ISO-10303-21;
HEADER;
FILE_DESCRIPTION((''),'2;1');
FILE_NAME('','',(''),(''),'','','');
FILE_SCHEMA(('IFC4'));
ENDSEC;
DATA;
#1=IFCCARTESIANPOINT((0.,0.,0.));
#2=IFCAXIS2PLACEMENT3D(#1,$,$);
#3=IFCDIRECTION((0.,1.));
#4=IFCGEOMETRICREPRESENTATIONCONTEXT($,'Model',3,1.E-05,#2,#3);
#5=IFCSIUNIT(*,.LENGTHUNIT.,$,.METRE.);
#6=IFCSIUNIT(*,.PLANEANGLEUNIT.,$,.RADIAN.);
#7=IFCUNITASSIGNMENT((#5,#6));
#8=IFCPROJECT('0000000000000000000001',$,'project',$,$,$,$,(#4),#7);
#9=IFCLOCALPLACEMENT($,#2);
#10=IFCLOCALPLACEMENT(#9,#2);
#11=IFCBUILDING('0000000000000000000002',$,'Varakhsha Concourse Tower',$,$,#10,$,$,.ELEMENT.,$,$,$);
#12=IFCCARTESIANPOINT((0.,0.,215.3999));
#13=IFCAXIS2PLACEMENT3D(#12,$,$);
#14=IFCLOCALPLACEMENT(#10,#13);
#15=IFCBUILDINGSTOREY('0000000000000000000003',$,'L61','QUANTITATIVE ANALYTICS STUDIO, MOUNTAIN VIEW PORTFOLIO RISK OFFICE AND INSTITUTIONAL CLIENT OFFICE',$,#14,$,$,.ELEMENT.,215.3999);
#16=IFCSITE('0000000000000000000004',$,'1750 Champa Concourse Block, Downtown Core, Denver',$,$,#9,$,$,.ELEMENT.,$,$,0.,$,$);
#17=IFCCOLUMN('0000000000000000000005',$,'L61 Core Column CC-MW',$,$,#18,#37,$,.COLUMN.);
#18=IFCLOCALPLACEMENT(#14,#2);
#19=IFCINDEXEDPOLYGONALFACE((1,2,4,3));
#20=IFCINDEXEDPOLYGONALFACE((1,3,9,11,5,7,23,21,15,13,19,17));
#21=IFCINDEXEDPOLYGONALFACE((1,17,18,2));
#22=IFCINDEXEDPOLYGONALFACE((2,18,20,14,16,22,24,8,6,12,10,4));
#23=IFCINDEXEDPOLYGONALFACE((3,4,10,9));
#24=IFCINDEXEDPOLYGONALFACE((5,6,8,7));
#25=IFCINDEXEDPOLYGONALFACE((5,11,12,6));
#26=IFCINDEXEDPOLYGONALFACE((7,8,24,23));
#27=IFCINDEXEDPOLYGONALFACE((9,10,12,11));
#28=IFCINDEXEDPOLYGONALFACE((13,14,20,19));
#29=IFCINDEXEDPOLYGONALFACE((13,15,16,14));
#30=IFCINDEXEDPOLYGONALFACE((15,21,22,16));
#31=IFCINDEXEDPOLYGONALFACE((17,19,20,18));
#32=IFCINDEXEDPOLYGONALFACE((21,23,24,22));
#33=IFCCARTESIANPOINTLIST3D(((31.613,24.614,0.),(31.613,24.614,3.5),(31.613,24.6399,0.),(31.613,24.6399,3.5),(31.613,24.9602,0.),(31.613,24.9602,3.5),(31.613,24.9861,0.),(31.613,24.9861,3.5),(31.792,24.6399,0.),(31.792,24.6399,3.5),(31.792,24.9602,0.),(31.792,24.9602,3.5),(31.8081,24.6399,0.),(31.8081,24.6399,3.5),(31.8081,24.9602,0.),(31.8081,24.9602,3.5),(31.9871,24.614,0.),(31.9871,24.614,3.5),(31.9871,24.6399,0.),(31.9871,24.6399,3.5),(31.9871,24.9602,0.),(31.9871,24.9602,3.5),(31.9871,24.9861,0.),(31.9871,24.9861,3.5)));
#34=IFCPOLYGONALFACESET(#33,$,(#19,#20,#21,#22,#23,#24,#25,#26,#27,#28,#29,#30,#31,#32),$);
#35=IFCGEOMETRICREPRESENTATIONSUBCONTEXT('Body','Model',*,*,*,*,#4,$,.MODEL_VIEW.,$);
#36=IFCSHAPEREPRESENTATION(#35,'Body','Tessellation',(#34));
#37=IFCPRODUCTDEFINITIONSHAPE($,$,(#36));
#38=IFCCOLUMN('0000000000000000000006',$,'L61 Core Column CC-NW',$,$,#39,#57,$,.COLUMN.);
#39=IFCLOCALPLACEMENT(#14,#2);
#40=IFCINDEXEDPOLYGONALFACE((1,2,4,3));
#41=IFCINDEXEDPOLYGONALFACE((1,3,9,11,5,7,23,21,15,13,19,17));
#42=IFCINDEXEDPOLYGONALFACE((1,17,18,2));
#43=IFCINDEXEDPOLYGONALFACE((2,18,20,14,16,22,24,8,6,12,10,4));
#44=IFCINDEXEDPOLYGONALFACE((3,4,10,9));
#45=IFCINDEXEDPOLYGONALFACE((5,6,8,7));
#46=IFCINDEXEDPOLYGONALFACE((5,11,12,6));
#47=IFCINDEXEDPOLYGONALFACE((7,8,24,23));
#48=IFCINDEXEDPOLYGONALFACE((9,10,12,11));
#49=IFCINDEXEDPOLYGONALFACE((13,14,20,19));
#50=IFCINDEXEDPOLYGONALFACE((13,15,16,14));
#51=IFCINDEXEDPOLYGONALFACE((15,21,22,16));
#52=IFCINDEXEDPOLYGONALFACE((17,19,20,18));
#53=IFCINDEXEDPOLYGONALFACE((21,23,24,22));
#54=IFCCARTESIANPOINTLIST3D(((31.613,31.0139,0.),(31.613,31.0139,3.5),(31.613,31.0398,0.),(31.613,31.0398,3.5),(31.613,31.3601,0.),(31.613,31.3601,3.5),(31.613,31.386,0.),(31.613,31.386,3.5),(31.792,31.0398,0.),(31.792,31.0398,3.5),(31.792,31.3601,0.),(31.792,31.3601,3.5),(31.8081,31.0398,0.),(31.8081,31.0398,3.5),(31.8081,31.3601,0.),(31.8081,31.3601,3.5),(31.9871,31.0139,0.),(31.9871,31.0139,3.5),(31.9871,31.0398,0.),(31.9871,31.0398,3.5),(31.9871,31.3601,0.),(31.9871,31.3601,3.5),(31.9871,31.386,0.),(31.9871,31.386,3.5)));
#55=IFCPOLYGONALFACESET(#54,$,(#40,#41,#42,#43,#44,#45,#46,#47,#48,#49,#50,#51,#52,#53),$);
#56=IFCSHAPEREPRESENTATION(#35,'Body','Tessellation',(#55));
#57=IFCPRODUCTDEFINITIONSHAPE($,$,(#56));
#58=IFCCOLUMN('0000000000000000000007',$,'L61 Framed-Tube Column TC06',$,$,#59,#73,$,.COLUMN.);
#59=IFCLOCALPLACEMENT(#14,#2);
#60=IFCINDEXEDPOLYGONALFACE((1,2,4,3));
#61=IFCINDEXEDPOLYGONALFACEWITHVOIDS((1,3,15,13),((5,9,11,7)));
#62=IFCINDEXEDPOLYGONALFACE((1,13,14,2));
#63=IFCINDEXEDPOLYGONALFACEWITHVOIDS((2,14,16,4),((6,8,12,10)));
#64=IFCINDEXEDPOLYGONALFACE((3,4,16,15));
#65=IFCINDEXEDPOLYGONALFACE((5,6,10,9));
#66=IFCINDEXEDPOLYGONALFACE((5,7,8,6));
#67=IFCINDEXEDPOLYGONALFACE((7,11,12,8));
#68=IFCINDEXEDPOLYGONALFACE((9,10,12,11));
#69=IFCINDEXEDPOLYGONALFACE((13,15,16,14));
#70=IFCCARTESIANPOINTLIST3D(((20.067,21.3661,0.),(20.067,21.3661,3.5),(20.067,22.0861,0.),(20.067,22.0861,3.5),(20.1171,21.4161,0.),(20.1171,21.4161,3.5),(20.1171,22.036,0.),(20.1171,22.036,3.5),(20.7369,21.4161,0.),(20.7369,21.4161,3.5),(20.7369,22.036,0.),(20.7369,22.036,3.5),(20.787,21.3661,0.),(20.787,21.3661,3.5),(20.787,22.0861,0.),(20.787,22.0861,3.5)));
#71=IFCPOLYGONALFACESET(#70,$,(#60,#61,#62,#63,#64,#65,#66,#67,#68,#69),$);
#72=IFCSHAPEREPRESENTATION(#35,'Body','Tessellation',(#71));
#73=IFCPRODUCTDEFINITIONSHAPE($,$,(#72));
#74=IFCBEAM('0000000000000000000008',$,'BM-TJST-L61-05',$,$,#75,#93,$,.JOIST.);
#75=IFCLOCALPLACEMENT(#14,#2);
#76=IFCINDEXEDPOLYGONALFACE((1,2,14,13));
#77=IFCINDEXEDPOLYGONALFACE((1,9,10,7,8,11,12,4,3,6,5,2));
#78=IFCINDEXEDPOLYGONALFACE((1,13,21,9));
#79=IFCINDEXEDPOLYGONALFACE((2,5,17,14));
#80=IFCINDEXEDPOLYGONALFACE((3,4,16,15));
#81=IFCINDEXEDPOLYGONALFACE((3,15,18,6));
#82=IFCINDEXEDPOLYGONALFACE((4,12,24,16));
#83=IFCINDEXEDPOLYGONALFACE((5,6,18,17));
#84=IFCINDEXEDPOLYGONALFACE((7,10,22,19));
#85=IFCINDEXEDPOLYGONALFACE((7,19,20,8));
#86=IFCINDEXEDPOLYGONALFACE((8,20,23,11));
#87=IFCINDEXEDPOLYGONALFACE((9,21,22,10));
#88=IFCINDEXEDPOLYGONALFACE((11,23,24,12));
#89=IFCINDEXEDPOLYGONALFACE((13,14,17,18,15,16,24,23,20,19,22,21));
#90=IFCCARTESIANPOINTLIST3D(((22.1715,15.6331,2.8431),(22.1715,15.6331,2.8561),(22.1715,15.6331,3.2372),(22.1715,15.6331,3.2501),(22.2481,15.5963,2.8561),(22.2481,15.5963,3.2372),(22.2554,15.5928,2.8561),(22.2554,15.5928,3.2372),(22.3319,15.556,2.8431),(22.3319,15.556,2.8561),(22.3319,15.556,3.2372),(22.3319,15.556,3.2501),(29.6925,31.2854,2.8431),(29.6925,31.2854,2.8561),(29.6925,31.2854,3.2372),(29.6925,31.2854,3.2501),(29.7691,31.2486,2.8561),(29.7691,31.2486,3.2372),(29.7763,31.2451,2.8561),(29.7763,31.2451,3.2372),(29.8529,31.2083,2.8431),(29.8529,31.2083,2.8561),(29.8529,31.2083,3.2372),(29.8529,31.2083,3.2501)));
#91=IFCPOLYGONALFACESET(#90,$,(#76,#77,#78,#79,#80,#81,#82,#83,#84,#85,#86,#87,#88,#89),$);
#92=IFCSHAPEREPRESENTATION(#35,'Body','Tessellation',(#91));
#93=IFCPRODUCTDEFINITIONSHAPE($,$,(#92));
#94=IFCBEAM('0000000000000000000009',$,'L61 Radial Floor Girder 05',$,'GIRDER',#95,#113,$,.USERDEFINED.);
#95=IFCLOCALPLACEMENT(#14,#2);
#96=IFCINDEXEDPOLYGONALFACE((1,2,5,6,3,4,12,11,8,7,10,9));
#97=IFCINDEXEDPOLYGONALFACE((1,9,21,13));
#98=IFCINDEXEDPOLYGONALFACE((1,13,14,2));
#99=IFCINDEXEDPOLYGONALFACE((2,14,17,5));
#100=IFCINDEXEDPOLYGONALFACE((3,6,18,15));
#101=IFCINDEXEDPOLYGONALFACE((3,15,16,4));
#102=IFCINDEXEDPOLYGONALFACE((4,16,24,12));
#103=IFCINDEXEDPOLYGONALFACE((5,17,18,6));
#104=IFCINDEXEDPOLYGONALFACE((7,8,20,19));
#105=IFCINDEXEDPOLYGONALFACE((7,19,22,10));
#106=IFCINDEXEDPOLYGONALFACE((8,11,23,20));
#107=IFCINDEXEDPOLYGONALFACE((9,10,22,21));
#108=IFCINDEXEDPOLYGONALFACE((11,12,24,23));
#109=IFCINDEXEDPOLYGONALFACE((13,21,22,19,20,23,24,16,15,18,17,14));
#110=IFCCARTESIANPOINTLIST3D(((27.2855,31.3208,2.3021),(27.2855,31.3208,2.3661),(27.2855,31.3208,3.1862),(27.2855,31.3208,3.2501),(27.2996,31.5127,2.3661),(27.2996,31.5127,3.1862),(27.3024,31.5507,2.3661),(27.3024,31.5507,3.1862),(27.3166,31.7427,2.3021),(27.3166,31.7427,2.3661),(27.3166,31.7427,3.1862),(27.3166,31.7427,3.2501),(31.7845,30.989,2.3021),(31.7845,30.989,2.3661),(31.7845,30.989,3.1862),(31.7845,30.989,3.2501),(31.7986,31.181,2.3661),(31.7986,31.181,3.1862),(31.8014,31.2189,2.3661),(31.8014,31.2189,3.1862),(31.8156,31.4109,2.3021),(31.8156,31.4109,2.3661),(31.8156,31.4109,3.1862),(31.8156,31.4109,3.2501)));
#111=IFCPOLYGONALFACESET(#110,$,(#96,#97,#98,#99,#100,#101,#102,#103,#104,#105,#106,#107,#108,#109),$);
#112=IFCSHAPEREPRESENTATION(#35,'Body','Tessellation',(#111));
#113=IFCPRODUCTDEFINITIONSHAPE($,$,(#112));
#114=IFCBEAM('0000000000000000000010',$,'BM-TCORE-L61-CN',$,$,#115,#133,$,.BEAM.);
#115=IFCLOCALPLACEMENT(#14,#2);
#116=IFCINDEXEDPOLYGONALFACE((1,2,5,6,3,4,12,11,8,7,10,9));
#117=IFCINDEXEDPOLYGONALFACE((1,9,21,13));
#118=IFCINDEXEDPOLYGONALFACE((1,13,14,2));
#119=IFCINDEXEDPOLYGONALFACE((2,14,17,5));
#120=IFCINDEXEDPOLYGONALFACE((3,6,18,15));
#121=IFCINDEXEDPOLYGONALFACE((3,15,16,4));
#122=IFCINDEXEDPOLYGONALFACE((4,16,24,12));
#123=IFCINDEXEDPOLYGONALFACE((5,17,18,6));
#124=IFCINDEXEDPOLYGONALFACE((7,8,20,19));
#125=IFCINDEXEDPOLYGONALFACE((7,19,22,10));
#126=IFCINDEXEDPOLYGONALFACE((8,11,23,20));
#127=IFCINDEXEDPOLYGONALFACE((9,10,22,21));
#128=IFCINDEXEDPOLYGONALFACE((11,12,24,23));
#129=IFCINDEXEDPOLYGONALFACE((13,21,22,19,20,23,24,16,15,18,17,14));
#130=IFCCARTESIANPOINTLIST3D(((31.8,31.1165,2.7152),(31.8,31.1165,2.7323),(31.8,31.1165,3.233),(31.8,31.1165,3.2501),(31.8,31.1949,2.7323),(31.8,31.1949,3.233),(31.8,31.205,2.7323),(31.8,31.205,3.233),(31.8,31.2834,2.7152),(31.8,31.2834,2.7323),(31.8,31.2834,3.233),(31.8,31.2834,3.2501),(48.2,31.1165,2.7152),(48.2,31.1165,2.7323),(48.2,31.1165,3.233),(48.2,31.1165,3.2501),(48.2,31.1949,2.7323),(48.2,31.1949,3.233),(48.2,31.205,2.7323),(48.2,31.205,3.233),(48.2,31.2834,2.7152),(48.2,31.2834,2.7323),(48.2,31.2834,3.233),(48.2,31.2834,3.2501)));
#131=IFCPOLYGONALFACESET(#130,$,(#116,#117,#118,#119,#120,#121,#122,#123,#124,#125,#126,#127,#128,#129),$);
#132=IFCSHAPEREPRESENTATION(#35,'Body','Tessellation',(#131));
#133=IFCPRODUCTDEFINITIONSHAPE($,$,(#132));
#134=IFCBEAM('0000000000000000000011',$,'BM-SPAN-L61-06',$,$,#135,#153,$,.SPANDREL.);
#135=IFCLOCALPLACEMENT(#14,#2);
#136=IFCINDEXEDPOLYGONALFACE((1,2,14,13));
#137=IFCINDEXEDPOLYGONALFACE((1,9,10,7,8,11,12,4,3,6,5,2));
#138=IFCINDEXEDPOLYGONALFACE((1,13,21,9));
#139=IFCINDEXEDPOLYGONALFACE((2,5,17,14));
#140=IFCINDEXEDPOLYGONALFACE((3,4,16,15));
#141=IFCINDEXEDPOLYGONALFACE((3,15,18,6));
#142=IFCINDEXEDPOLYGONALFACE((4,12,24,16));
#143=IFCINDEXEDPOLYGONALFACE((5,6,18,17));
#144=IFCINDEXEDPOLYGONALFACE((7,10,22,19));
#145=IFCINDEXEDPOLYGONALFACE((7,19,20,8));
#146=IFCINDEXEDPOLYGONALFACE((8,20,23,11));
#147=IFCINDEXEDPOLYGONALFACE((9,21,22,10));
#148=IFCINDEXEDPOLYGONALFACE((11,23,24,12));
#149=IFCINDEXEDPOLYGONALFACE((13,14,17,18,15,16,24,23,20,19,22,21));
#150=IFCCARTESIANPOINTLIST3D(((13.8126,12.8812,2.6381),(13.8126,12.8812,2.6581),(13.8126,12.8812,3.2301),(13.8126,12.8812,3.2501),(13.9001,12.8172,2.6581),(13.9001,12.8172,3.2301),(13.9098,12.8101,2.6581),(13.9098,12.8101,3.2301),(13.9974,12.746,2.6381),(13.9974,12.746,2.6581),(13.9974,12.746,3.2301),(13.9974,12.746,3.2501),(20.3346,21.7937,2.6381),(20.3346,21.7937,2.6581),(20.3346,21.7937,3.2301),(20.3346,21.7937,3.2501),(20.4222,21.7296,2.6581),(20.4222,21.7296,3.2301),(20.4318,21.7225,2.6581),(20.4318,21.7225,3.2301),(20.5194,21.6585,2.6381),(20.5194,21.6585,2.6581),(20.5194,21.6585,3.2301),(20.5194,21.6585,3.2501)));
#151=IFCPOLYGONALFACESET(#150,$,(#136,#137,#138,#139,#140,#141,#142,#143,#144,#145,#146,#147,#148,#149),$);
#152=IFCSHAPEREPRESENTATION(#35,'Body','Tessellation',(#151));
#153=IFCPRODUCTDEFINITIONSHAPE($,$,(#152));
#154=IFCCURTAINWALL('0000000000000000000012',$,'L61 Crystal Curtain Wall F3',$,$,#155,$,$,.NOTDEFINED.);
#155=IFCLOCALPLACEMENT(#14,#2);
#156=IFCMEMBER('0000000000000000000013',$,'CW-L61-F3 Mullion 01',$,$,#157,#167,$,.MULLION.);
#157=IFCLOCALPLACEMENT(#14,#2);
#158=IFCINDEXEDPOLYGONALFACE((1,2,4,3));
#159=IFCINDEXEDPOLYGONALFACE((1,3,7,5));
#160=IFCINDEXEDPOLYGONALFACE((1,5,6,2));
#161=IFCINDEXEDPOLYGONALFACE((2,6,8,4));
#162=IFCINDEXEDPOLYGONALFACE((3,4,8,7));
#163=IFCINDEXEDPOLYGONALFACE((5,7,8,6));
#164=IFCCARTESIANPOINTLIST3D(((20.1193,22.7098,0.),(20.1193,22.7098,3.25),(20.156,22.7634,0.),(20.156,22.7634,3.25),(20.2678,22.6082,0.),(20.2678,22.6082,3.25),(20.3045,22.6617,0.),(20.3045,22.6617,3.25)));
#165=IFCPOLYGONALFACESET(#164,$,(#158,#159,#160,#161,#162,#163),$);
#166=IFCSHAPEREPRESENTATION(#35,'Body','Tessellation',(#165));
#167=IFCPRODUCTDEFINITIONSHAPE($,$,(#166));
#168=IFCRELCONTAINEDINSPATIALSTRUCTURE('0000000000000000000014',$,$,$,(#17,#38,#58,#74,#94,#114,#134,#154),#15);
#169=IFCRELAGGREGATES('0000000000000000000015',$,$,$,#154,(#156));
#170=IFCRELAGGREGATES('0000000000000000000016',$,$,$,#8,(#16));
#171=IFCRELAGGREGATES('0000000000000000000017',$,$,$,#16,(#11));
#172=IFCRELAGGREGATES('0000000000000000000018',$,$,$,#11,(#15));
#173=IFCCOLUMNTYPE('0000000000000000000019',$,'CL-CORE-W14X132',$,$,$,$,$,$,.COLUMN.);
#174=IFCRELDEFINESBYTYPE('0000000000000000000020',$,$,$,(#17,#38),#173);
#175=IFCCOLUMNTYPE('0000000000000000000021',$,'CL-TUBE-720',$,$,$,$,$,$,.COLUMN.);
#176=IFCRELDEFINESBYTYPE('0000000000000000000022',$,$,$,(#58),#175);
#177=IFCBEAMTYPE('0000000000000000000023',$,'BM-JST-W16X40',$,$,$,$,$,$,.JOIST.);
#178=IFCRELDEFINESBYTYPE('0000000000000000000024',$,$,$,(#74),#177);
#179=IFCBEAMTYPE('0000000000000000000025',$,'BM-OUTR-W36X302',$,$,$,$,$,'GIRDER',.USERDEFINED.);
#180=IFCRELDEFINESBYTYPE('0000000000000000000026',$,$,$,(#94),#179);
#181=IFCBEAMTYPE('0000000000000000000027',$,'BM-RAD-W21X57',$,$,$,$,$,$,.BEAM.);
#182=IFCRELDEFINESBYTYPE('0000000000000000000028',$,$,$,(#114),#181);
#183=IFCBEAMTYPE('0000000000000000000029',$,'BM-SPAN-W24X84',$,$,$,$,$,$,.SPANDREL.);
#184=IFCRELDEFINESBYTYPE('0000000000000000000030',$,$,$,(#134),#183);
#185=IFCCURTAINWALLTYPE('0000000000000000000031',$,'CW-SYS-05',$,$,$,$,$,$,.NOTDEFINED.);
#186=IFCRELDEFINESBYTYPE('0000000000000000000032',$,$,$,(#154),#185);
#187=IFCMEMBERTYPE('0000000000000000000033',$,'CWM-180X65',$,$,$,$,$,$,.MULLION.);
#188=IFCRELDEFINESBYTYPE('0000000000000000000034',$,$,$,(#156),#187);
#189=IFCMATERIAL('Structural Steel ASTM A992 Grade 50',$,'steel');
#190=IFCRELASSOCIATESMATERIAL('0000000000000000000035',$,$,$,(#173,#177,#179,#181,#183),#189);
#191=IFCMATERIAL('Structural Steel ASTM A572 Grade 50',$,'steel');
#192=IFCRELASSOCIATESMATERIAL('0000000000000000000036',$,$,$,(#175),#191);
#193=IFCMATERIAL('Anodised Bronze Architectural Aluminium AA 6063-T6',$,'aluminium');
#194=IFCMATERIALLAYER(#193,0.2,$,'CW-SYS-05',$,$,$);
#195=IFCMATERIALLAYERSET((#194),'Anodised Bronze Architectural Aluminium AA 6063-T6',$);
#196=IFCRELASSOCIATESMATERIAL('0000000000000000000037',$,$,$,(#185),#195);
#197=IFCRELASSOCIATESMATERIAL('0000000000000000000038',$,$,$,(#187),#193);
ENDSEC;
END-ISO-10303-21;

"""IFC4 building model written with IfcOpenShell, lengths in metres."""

from ifc_helpers import new_model, si_unit, direction, frame, origin, origin_2d, place, context, subcontext, project, spatial, rectangle, hollow_rectangle, i_section, extrude, source, transform, mapped, material, layer, layer_set, material_profile, profile_set, type_object, type_shapes, element, aggregate, save


model = new_model("IFC4")

# Units and contexts
model_context = context("Model", 3, precision=1e-05, world=origin(), true_north=direction((0.0, 1.0)))
body_context = subcontext(model_context, "Body", "Model", "MODEL_VIEW")
ifc_project = project(units=[si_unit("LENGTHUNIT", "METRE"), si_unit("PLANEANGLEUNIT", "RADIAN")], contexts=[model_context])

# Site, building, storey
site_placement = place(None, origin())
site = spatial("IfcSite", under=ifc_project, at=site_placement, Name="1750 Champa Concourse Block, Downtown Core, Denver", CompositionType="ELEMENT", RefElevation=0.0)
building_placement = place(site_placement, origin())
building = spatial("IfcBuilding", under=site, at=building_placement, Name="Varakhsha Concourse Tower", CompositionType="ELEMENT")
storey_placement = place(building_placement, frame((0.0, 0.0, 215.3999)))
storey = spatial("IfcBuildingStorey", under=building, at=storey_placement, Name="L61", Description="QUANTITATIVE ANALYTICS STUDIO, MOUNTAIN VIEW PORTFOLIO RISK OFFICE AND INSTITUTIONAL CLIENT OFFICE", CompositionType="ELEMENT", Elevation=215.3999)

# Columns
ifc_material_1 = material(Name="Structural Steel ASTM A992 Grade 50", Category="steel")
ifc_material_profile_1 = material_profile(ifc_material_1, i_section(OverallWidth=0.374, OverallDepth=0.3721, WebThickness=0.0161, FlangeThickness=0.0259, at=origin_2d()), Name="W14X132")
ifc_profile_set_1 = profile_set([ifc_material_profile_1], Name="Structural Steel ASTM A992 Grade 50")
column_type_1 = type_object("IfcColumnType", Name="CL-CORE-W14X132", PredefinedType="COLUMN", material=ifc_profile_set_1)
for number, where, z_axis, x_axis, name in (
    (1, (31.8, 24.8, 0.0), (0.0, 0.0, 1.0), (1.0, 0.0, 0.0), "L61 Core Column CC-MW"),
    (2, (31.8, 31.2, 0.0), (0.0, 0.0, 1.0), (1.0, 0.0, 0.0), "L61 Core Column CC-NW"),
):
    element("IfcColumn", number, at=place(storey_placement, frame(where, z_axis=z_axis, x_axis=x_axis)), inside=storey, type_object=column_type_1, Name=name, PredefinedType="COLUMN", context=body_context, shape_type="SweptSolid", body=[
        extrude(i_section(OverallWidth=0.374, OverallDepth=0.3721, WebThickness=0.0161, FlangeThickness=0.0259, at=origin_2d()), origin(), (0.0, 0.0, 1.0), 3.5),
    ])
ifc_material_2 = material(Name="Structural Steel ASTM A572 Grade 50", Category="steel")
ifc_material_profile_2 = material_profile(ifc_material_2, hollow_rectangle(XDim=0.72, YDim=0.72, WallThickness=0.05, at=origin_2d()), Name="BOX 720x720x50")
ifc_profile_set_2 = profile_set([ifc_material_profile_2], Name="Structural Steel ASTM A572 Grade 50")
column_type_2 = type_object("IfcColumnType", Name="CL-TUBE-720", PredefinedType="COLUMN", material=ifc_profile_set_2)
column_placement = place(storey_placement, frame((20.427, 21.7261, 0.0), z_axis=(0.0, 0.0, 1.0), x_axis=(1.0, 0.0, 0.0)))
element("IfcColumn", 3, at=column_placement, inside=storey, type_object=column_type_2, Name="L61 Framed-Tube Column TC06", PredefinedType="COLUMN", context=body_context, shape_type="SweptSolid", body=[
    extrude(hollow_rectangle(XDim=0.72, YDim=0.72, WallThickness=0.05, at=origin_2d()), origin(), (0.0, 0.0, 1.0), 3.5),
])

# Beams
ifc_material_profile_3 = material_profile(ifc_material_1, i_section(OverallWidth=0.178, OverallDepth=0.407, WebThickness=0.0081, FlangeThickness=0.0129, at=origin_2d()), Name="W16X40")
ifc_profile_set_3 = profile_set([ifc_material_profile_3], Name="Structural Steel ASTM A992 Grade 50")
beam_type_1 = type_object("IfcBeamType", Name="BM-JST-W16X40", PredefinedType="JOIST", material=ifc_profile_set_3)
beam_1_placement = place(storey_placement, frame((29.7727, 31.2468, 3.0466), z_axis=(-0.433099, -0.901346, 0.0), x_axis=(0.901346, -0.433099, 0.0)))
element("IfcBeam", 4, at=beam_1_placement, inside=storey, type_object=beam_type_1, Name="BM-TJST-L61-05", PredefinedType="JOIST", context=body_context, shape_type="SweptSolid", body=[
    extrude(i_section(OverallWidth=0.178, OverallDepth=0.407, WebThickness=0.0081, FlangeThickness=0.0129, at=origin_2d()), origin(), (0.0, 0.0, 1.0), 17.3655),
])
ifc_material_profile_4 = material_profile(ifc_material_1, i_section(OverallWidth=0.4231, OverallDepth=0.948, WebThickness=0.0381, FlangeThickness=0.064, at=origin_2d()), Name="W36X302")
ifc_profile_set_4 = profile_set([ifc_material_profile_4], Name="Structural Steel ASTM A992 Grade 50")
beam_type_2 = type_object("IfcBeamType", Name="BM-OUTR-W36X302", ElementType="GIRDER", PredefinedType="USERDEFINED", material=ifc_profile_set_4)
beam_2_placement = place(storey_placement, frame((31.8, 31.2, 2.7761), z_axis=(-0.997292, 0.073547, 0.0), x_axis=(-0.073547, -0.997292, 0.0)))
element("IfcBeam", 5, at=beam_2_placement, inside=storey, type_object=beam_type_2, Name="L61 Radial Floor Girder 05", ObjectType="GIRDER", PredefinedType="USERDEFINED", context=body_context, shape_type="SweptSolid", body=[
    extrude(i_section(OverallWidth=0.4231, OverallDepth=0.948, WebThickness=0.0381, FlangeThickness=0.064, at=origin_2d()), origin(), (0.0, 0.0, 1.0), 4.5112),
])
ifc_material_profile_5 = material_profile(ifc_material_1, i_section(OverallWidth=0.167, OverallDepth=0.5349, WebThickness=0.01, FlangeThickness=0.0171, at=origin_2d()), Name="W21X57")
ifc_profile_set_5 = profile_set([ifc_material_profile_5], Name="Structural Steel ASTM A992 Grade 50")
beam_type_3 = type_object("IfcBeamType", Name="BM-RAD-W21X57", PredefinedType="BEAM", material=ifc_profile_set_5)
beam_3_placement = place(storey_placement, frame((31.8, 31.2, 2.9827), z_axis=(1.0, 0.0, 0.0), x_axis=(0.0, 1.0, 0.0)))
element("IfcBeam", 6, at=beam_3_placement, inside=storey, type_object=beam_type_3, Name="BM-TCORE-L61-CN", PredefinedType="BEAM", context=body_context, shape_type="SweptSolid", body=[
    extrude(i_section(OverallWidth=0.167, OverallDepth=0.5349, WebThickness=0.01, FlangeThickness=0.0171, at=origin_2d()), origin(), (0.0, 0.0, 1.0), 16.3999),
])
ifc_material_profile_6 = material_profile(ifc_material_1, i_section(OverallWidth=0.229, OverallDepth=0.6121, WebThickness=0.012, FlangeThickness=0.02, at=origin_2d()), Name="W24X84")
ifc_profile_set_6 = profile_set([ifc_material_profile_6], Name="Structural Steel ASTM A992 Grade 50")
beam_type_4 = type_object("IfcBeamType", Name="BM-SPAN-W24X84", PredefinedType="SPANDREL", material=ifc_profile_set_6)
beam_4_placement = place(storey_placement, frame((20.427, 21.7261, 2.9441), z_axis=(-0.590554, -0.806998, 0.0), x_axis=(0.806998, -0.590554, 0.0)))
element("IfcBeam", 7, at=beam_4_placement, inside=storey, type_object=beam_type_4, Name="BM-SPAN-L61-06", PredefinedType="SPANDREL", context=body_context, shape_type="SweptSolid", body=[
    extrude(i_section(OverallWidth=0.229, OverallDepth=0.6121, WebThickness=0.012, FlangeThickness=0.02, at=origin_2d()), origin(), (0.0, 0.0, 1.0), 11.0439),
])

# Curtain wall, member
ifc_material_3 = material(Name="Anodised Bronze Architectural Aluminium AA 6063-T6", Category="aluminium")
ifc_layer_1 = layer(ifc_material_3, 0.2, Name="CW-SYS-05")
ifc_layer_set_1 = layer_set([ifc_layer_1], Name="Anodised Bronze Architectural Aluminium AA 6063-T6")
curtain_wall_type = type_object("IfcCurtainWallType", Name="CW-SYS-05", PredefinedType="NOTDEFINED", material=ifc_layer_set_1)
curtain_wall_placement = place(storey_placement, origin())
curtain_wall = element("IfcCurtainWall", 8, at=curtain_wall_placement, inside=storey, type_object=curtain_wall_type, Name="L61 Crystal Curtain Wall F3", PredefinedType="NOTDEFINED")
ifc_material_profile_7 = material_profile(ifc_material_3, rectangle(XDim=0.0649, YDim=0.1799, at=origin_2d()), Name="CWM-180X65")
ifc_profile_set_7 = profile_set([ifc_material_profile_7], Name="Anodised Bronze Architectural Aluminium AA 6063-T6")
member_type = type_object("IfcMemberType", Name="CWM-180X65", PredefinedType="MULLION", material=ifc_profile_set_7)
shared_shape_1 = source(origin(), body_context, "Body", "SweptSolid", [
    extrude(rectangle(XDim=0.0649, YDim=0.1799, at=origin_2d()), origin(), (0.0, 0.0, 1.0), 3.25),
])
type_shapes(member_type, [shared_shape_1])
member_placement = place(storey_placement, frame((20.2119, 22.6858, 0.0), z_axis=(0.0, 0.0, 1.0), x_axis=(0.565173, 0.824972, 0.0)))
member = element("IfcMember", 9, at=member_placement, type_object=member_type, Name="CW-L61-F3 Mullion 01", PredefinedType="MULLION", context=body_context, shape_type="MappedRepresentation", body=[
    mapped(shared_shape_1, transform((0.0, 0.0, 0.0), scale=1.0)),
])
aggregate(curtain_wall, [member])

save(model, "model.ifc")
